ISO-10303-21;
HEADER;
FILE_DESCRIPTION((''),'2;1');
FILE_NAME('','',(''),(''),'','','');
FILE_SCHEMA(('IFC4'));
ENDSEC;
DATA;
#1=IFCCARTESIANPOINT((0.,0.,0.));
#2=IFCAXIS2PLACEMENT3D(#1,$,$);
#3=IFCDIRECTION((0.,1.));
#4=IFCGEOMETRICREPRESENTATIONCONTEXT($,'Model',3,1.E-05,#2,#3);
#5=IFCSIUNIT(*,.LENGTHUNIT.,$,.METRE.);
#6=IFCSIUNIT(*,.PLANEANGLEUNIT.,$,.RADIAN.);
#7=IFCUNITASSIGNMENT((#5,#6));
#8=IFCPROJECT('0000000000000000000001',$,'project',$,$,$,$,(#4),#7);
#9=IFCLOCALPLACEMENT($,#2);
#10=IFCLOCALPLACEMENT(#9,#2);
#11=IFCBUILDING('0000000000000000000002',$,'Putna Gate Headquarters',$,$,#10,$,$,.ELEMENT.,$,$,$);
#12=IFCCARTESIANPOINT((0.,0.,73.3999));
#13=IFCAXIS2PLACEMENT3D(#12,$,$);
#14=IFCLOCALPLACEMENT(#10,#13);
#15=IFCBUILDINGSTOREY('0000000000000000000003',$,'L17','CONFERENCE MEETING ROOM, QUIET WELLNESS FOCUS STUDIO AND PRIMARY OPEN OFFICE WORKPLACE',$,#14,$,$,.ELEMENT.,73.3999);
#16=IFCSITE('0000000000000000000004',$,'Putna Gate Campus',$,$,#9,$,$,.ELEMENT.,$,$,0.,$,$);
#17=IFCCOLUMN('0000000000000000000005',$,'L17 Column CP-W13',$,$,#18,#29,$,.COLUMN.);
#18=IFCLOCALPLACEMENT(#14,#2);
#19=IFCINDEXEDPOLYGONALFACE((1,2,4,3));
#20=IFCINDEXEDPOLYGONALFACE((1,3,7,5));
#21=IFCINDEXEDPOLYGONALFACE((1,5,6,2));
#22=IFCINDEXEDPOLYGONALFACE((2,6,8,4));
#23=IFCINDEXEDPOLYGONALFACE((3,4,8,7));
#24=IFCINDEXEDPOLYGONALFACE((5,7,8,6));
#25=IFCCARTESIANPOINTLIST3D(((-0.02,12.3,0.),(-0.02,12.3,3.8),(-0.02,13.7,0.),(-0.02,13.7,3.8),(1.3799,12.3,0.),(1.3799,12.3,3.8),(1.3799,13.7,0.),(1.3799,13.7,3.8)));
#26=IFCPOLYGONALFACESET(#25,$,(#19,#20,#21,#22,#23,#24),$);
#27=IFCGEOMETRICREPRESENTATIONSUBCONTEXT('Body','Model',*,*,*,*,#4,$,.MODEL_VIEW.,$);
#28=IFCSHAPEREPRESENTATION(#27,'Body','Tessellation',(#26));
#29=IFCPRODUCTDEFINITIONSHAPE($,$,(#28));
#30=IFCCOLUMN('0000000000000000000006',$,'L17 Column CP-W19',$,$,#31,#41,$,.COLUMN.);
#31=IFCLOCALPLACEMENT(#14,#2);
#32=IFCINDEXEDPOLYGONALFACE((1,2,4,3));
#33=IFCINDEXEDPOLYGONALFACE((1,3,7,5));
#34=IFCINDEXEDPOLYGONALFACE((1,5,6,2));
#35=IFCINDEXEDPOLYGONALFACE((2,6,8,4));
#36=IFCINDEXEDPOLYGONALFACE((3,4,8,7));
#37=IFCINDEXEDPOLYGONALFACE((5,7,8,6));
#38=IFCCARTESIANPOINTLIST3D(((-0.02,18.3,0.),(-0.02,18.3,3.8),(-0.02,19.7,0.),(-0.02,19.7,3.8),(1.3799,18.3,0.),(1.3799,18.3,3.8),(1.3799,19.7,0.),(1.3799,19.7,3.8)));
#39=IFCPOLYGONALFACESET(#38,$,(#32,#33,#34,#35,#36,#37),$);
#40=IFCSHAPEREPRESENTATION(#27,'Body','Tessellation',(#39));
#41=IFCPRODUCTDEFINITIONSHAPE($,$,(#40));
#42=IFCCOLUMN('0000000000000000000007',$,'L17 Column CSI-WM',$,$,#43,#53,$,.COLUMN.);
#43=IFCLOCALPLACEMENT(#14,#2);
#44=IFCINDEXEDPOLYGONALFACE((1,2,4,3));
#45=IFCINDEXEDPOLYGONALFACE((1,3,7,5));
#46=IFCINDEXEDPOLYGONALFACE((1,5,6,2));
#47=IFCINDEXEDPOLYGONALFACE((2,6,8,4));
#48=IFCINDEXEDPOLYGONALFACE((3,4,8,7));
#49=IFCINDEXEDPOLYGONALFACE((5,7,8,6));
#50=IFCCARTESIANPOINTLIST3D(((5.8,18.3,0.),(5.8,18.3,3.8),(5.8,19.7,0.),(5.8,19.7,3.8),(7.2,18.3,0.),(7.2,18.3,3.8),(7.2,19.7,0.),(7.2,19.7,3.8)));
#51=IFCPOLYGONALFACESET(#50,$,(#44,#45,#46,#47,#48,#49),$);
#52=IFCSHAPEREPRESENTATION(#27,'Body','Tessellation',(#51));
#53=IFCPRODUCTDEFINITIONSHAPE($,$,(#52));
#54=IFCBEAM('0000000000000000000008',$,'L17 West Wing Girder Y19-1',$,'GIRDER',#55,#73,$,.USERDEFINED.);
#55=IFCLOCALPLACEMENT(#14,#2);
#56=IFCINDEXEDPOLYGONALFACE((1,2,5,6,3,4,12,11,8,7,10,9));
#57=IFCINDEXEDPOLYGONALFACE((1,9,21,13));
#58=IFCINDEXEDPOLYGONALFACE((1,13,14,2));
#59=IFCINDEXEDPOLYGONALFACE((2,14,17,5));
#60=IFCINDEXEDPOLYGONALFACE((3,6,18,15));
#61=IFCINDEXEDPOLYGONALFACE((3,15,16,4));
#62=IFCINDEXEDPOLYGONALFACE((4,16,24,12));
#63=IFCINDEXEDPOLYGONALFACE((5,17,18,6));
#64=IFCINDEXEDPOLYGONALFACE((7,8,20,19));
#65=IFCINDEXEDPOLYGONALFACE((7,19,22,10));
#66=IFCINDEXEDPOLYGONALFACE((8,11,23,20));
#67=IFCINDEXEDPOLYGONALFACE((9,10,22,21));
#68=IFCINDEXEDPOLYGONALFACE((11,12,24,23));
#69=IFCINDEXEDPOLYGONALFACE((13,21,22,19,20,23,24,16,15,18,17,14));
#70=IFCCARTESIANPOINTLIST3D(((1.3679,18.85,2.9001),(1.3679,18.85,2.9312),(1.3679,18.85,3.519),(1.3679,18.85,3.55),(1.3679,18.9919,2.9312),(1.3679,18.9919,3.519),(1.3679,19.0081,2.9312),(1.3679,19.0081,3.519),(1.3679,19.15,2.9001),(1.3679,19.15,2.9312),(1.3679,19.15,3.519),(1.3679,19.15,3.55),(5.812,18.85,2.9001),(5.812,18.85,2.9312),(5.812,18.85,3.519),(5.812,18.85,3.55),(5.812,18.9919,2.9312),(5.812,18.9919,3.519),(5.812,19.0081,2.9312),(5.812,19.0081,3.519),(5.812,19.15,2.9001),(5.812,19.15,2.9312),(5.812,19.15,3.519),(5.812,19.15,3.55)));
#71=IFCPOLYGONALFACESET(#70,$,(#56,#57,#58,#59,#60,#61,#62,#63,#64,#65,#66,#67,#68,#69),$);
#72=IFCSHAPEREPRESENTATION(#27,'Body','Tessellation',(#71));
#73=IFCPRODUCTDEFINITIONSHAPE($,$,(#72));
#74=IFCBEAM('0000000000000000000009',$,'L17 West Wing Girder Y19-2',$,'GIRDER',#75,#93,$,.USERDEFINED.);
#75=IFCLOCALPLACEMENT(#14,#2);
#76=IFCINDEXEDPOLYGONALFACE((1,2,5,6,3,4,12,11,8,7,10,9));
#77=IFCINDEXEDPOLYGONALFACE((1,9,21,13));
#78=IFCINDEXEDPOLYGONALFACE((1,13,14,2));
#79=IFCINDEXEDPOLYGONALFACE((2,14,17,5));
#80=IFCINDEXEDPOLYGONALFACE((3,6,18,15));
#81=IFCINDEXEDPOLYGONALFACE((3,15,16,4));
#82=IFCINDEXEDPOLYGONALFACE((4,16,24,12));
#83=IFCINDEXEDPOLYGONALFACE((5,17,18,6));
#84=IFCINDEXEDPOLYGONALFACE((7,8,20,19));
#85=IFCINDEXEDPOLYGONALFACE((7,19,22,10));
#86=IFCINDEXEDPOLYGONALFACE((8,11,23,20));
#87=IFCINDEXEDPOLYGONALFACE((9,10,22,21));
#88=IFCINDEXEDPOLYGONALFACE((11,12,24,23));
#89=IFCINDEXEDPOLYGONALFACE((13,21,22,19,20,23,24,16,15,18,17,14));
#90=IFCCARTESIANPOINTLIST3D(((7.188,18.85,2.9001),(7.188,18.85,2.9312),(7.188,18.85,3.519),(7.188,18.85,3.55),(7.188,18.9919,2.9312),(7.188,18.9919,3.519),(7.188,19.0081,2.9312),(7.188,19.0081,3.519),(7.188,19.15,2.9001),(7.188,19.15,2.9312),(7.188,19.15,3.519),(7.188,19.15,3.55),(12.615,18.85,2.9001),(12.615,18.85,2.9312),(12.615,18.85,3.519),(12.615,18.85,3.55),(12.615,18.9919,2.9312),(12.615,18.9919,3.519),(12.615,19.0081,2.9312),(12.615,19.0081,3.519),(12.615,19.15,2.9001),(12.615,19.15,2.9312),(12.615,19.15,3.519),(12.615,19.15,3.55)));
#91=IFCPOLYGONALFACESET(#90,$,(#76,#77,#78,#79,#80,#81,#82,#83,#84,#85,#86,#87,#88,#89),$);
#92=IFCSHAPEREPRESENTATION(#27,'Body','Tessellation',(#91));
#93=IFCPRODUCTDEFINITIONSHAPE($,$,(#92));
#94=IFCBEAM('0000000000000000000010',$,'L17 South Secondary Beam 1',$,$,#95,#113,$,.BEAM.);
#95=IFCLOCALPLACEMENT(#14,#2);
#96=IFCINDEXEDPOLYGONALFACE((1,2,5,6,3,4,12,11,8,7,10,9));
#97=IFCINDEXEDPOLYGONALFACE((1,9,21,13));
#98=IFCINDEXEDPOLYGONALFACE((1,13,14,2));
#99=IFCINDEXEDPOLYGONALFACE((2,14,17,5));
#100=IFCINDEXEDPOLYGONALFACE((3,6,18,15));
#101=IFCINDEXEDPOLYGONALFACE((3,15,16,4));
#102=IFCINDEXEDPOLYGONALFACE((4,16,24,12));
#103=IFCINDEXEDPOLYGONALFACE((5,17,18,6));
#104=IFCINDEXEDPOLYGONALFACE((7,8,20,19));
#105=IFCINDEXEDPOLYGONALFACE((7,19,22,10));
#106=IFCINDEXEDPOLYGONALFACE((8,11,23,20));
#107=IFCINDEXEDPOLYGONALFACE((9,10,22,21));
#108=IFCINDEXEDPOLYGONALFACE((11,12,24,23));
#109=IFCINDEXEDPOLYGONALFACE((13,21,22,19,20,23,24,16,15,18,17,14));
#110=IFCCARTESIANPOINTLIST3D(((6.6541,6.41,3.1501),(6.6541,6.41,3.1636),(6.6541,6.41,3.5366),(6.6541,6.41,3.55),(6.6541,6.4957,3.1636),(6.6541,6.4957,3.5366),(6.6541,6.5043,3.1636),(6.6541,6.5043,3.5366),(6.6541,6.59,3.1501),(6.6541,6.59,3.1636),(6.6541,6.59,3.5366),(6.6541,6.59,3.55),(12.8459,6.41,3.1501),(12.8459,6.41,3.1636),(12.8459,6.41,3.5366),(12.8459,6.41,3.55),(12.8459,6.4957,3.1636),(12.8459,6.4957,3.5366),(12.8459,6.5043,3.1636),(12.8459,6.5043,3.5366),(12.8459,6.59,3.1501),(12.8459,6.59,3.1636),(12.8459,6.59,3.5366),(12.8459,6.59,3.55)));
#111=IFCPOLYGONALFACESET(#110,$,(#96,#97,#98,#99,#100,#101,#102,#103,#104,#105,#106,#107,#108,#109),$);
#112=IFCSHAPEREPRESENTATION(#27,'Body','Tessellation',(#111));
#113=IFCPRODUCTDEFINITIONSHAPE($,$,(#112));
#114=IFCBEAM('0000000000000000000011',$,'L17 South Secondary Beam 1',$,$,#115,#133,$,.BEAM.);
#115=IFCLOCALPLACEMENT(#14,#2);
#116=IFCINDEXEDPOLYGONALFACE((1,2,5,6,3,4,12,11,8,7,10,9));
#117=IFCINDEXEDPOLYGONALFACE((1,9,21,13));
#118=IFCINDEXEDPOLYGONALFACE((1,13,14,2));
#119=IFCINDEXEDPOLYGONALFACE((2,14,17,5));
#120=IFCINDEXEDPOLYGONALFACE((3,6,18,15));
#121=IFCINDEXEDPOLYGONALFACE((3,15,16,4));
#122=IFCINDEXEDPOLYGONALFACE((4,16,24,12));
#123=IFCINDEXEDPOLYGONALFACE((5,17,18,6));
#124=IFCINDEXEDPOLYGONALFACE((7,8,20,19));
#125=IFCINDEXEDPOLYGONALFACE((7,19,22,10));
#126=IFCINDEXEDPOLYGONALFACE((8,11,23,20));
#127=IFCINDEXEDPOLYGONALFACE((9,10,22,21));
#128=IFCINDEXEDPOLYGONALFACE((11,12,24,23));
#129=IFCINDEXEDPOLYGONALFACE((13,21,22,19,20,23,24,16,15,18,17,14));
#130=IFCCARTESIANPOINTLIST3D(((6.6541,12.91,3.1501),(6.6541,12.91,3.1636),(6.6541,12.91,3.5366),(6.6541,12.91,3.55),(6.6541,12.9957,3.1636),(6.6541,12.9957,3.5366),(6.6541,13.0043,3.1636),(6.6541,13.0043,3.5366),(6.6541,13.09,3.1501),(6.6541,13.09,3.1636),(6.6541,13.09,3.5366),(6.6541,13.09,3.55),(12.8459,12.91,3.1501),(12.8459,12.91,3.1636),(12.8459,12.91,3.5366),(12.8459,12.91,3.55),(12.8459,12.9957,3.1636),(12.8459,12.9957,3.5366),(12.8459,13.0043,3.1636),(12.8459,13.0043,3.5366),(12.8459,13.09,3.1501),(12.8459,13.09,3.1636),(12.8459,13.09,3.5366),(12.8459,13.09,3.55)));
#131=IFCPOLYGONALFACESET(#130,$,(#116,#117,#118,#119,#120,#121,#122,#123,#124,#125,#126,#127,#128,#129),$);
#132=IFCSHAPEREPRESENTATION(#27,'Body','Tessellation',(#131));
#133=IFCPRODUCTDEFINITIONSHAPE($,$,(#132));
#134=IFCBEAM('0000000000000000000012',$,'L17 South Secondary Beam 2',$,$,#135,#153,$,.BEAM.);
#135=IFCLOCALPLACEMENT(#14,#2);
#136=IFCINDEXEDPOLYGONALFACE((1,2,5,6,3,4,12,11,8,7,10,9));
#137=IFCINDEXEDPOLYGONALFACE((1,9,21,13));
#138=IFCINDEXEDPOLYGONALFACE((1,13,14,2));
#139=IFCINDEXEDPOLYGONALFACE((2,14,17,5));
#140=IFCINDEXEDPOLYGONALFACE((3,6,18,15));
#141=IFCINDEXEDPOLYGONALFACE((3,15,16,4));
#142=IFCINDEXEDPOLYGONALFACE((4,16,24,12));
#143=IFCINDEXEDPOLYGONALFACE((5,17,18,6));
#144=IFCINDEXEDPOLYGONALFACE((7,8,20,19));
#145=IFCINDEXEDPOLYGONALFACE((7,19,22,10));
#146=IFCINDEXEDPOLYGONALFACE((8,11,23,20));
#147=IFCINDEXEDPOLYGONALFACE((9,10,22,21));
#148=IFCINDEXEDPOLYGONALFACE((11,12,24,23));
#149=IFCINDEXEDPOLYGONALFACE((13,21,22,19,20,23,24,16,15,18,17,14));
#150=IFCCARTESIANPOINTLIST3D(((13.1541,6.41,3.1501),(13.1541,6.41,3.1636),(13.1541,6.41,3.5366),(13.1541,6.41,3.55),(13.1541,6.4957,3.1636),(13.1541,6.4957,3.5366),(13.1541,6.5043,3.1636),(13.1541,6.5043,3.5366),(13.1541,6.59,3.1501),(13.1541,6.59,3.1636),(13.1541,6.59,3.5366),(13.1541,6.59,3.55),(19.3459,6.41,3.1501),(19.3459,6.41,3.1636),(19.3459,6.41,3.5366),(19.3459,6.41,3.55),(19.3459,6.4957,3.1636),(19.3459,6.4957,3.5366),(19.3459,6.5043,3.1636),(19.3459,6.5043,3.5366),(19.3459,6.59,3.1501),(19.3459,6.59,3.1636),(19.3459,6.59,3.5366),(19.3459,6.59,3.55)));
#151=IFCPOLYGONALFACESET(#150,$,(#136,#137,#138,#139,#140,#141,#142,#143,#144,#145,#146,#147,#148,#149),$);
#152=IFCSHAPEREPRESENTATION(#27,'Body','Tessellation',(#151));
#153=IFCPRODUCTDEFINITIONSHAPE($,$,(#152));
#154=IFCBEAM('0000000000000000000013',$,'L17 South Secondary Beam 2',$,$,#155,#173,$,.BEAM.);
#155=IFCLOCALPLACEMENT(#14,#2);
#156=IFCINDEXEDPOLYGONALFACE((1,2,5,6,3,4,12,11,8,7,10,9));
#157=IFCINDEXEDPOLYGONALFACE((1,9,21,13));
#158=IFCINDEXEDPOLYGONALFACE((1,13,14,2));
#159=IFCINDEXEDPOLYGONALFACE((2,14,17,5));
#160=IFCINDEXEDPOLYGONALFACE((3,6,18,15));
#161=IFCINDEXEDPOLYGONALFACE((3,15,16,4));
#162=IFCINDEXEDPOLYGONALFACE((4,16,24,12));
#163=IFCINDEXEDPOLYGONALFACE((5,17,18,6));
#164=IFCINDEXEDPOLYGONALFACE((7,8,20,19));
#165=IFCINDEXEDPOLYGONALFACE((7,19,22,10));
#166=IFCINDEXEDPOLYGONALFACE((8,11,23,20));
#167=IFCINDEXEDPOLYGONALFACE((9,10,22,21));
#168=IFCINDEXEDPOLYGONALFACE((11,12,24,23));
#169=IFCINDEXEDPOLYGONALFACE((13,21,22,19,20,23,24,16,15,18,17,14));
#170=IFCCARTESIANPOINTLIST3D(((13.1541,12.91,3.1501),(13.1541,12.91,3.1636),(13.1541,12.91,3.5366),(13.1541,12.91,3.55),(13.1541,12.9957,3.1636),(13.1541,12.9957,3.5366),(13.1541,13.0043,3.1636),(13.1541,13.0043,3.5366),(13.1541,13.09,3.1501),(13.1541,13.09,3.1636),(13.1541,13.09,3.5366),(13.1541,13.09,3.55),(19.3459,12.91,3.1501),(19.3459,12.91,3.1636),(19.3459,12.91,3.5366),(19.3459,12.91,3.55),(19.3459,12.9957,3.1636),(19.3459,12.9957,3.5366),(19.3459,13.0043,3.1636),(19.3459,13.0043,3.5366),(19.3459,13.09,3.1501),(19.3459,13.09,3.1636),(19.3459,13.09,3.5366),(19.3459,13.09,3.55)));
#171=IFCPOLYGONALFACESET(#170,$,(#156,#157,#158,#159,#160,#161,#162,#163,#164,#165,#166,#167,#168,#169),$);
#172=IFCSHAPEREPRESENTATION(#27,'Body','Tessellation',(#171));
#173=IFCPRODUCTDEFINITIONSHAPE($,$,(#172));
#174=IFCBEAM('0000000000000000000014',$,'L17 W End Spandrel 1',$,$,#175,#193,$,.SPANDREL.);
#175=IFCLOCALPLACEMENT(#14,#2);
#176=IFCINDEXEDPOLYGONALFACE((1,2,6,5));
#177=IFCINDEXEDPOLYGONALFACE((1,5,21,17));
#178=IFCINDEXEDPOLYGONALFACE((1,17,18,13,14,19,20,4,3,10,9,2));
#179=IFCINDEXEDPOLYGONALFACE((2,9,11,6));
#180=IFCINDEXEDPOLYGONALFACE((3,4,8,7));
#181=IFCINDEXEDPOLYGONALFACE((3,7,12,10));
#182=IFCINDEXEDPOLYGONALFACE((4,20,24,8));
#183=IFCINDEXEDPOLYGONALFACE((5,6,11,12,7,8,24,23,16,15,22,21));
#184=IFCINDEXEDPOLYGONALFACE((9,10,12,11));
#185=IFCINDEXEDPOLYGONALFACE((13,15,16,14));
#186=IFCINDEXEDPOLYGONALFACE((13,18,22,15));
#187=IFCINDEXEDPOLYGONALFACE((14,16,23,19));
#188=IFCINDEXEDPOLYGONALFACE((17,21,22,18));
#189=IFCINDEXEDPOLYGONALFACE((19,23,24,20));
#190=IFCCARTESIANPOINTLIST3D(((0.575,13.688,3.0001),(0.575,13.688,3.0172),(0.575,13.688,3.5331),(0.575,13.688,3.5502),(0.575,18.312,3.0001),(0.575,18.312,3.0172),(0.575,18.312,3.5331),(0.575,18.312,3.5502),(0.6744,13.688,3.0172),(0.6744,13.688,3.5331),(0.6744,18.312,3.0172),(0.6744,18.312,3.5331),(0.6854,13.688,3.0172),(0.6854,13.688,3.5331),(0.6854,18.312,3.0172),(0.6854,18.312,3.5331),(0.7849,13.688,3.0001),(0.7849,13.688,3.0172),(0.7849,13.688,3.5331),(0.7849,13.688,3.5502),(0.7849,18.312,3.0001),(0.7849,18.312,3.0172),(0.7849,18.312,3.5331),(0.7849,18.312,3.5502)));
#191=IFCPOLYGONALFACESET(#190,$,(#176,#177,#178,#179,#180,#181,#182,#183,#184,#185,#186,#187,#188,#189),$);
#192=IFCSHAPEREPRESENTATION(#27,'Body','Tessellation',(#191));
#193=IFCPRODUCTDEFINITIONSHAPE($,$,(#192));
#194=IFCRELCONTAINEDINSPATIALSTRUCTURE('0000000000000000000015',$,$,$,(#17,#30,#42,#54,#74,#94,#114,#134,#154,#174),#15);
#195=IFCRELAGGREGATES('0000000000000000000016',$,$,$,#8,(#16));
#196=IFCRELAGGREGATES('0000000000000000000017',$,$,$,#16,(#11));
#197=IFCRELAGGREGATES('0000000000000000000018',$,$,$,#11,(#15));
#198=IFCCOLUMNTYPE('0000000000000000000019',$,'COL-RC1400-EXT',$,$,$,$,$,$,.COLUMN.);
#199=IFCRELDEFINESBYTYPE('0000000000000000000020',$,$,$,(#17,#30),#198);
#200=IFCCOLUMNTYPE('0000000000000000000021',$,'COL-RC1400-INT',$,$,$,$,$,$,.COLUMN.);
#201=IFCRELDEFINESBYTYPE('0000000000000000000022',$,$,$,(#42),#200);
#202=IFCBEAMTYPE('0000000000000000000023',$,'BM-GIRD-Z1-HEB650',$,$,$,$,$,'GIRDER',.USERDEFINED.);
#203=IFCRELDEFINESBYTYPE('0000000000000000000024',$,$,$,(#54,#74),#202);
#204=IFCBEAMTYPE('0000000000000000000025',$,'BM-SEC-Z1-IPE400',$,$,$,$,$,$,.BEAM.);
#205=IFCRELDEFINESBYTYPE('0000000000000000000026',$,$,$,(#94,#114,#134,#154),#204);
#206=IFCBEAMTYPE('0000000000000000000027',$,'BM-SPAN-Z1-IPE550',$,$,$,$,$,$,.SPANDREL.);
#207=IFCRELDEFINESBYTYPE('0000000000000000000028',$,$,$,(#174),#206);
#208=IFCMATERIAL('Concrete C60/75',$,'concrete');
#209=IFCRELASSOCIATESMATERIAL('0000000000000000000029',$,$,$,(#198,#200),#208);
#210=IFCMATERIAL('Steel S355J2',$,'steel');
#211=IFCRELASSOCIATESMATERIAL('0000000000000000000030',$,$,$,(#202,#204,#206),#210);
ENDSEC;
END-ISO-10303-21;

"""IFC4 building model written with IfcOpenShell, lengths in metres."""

from ifc_helpers import new_model, si_unit, direction, frame, origin, origin_2d, place, context, subcontext, project, spatial, rectangle, i_section, extrude, material, material_profile, profile_set, type_object, element, save


model = new_model("IFC4")

# Units and contexts
model_context = context("Model", 3, precision=1e-05, world=origin(), true_north=direction((0.0, 1.0)))
body_context = subcontext(model_context, "Body", "Model", "MODEL_VIEW")
ifc_project = project(units=[si_unit("LENGTHUNIT", "METRE"), si_unit("PLANEANGLEUNIT", "RADIAN")], contexts=[model_context])

# Site, building, storey
site_placement = place(None, origin())
site = spatial("IfcSite", under=ifc_project, at=site_placement, Name="Putna Gate Campus", CompositionType="ELEMENT", RefElevation=0.0)
building_placement = place(site_placement, origin())
building = spatial("IfcBuilding", under=site, at=building_placement, Name="Putna Gate Headquarters", CompositionType="ELEMENT")
storey_placement = place(building_placement, frame((0.0, 0.0, 73.3999)))
storey = spatial("IfcBuildingStorey", under=building, at=storey_placement, Name="L17", Description="CONFERENCE MEETING ROOM, QUIET WELLNESS FOCUS STUDIO AND PRIMARY OPEN OFFICE WORKPLACE", CompositionType="ELEMENT", Elevation=73.3999)

# Columns
ifc_material_1 = material(Name="Concrete C60/75", Category="concrete")
ifc_material_profile_1 = material_profile(ifc_material_1, rectangle(XDim=1.3999, YDim=1.3999, at=origin_2d()), Name="Concrete C60/75")
ifc_profile_set_1 = profile_set([ifc_material_profile_1], Name="Concrete C60/75")
column_type_1 = type_object("IfcColumnType", Name="COL-RC1400-EXT", PredefinedType="COLUMN", material=ifc_profile_set_1)
for number, where, z_axis, x_axis, name in (
    (1, (0.6799, 13.0, 0.0), (0.0, 0.0, 1.0), (1.0, 0.0, 0.0), "L17 Column CP-W13"),
    (2, (0.6799, 19.0, 0.0), (0.0, 0.0, 1.0), (1.0, 0.0, 0.0), "L17 Column CP-W19"),
):
    element("IfcColumn", number, at=place(storey_placement, frame(where, z_axis=z_axis, x_axis=x_axis)), inside=storey, type_object=column_type_1, Name=name, PredefinedType="COLUMN", context=body_context, shape_type="SweptSolid", body=[
        extrude(rectangle(XDim=1.3999, YDim=1.3999, at=origin_2d()), origin(), (0.0, 0.0, 1.0), 3.8),
    ])
ifc_material_profile_2 = material_profile(ifc_material_1, rectangle(XDim=1.3999, YDim=1.3999, at=origin_2d()), Name="Concrete C60/75")
ifc_profile_set_2 = profile_set([ifc_material_profile_2], Name="Concrete C60/75")
column_type_2 = type_object("IfcColumnType", Name="COL-RC1400-INT", PredefinedType="COLUMN", material=ifc_profile_set_2)
column_placement = place(storey_placement, frame((6.5, 19.0, 0.0), z_axis=(0.0, 0.0, 1.0), x_axis=(1.0, 0.0, 0.0)))
element("IfcColumn", 3, at=column_placement, inside=storey, type_object=column_type_2, Name="L17 Column CSI-WM", PredefinedType="COLUMN", context=body_context, shape_type="SweptSolid", body=[
    extrude(rectangle(XDim=1.3999, YDim=1.3999, at=origin_2d()), origin(), (0.0, 0.0, 1.0), 3.8),
])

# Beams
ifc_material_2 = material(Name="Steel S355J2", Category="steel")
ifc_material_profile_3 = material_profile(ifc_material_2, i_section(OverallWidth=0.3, OverallDepth=0.6499, WebThickness=0.0161, FlangeThickness=0.031, at=origin_2d()), Name="Steel S355J2")
ifc_profile_set_3 = profile_set([ifc_material_profile_3], Name="Steel S355J2")
beam_type_1 = type_object("IfcBeamType", Name="BM-GIRD-Z1-HEB650", ElementType="GIRDER", PredefinedType="USERDEFINED", material=ifc_profile_set_3)
beam_1_placement = place(storey_placement, frame((1.3679, 19.0, 3.2251), z_axis=(1.0, 0.0, 0.0), x_axis=(0.0, 1.0, 0.0)))
element("IfcBeam", 4, at=beam_1_placement, inside=storey, type_object=beam_type_1, Name="L17 West Wing Girder Y19-1", ObjectType="GIRDER", PredefinedType="USERDEFINED", context=body_context, shape_type="SweptSolid", body=[
    extrude(i_section(OverallWidth=0.3, OverallDepth=0.6499, WebThickness=0.0161, FlangeThickness=0.031, at=origin_2d()), origin(), (0.0, 0.0, 1.0), 4.4441),
])
beam_2_placement = place(storey_placement, frame((7.188, 19.0, 3.2251), z_axis=(1.0, 0.0, 0.0), x_axis=(0.0, 1.0, 0.0)))
element("IfcBeam", 5, at=beam_2_placement, inside=storey, type_object=beam_type_1, Name="L17 West Wing Girder Y19-2", ObjectType="GIRDER", PredefinedType="USERDEFINED", context=body_context, shape_type="SweptSolid", body=[
    extrude(i_section(OverallWidth=0.3, OverallDepth=0.6499, WebThickness=0.0161, FlangeThickness=0.031, at=origin_2d()), origin(), (0.0, 0.0, 1.0), 5.427),
])
ifc_material_profile_4 = material_profile(ifc_material_2, i_section(OverallWidth=0.1799, OverallDepth=0.3999, WebThickness=0.0085, FlangeThickness=0.0134, at=origin_2d()), Name="Steel S355J2")
ifc_profile_set_4 = profile_set([ifc_material_profile_4], Name="Steel S355J2")
beam_type_2 = type_object("IfcBeamType", Name="BM-SEC-Z1-IPE400", PredefinedType="BEAM", material=ifc_profile_set_4)
for number, where, z_axis, x_axis, name in (
    (6, (6.6541, 6.5, 3.3501), (1.0, 0.0, 0.0), (0.0, 1.0, 0.0), "L17 South Secondary Beam 1"),
    (7, (6.6541, 13.0, 3.3501), (1.0, 0.0, 0.0), (0.0, 1.0, 0.0), "L17 South Secondary Beam 1"),
    (8, (13.1541, 6.5, 3.3501), (1.0, 0.0, 0.0), (0.0, 1.0, 0.0), "L17 South Secondary Beam 2"),
    (9, (13.1541, 13.0, 3.3501), (1.0, 0.0, 0.0), (0.0, 1.0, 0.0), "L17 South Secondary Beam 2"),
):
    element("IfcBeam", number, at=place(storey_placement, frame(where, z_axis=z_axis, x_axis=x_axis)), inside=storey, type_object=beam_type_2, Name=name, PredefinedType="BEAM", context=body_context, shape_type="SweptSolid", body=[
        extrude(i_section(OverallWidth=0.1799, OverallDepth=0.3999, WebThickness=0.0085, FlangeThickness=0.0134, at=origin_2d()), origin(), (0.0, 0.0, 1.0), 6.1919),
    ])
ifc_material_profile_5 = material_profile(ifc_material_2, i_section(OverallWidth=0.21, OverallDepth=0.55, WebThickness=0.011, FlangeThickness=0.0171, at=origin_2d()), Name="Steel S355J2")
ifc_profile_set_5 = profile_set([ifc_material_profile_5], Name="Steel S355J2")
beam_type_3 = type_object("IfcBeamType", Name="BM-SPAN-Z1-IPE550", PredefinedType="SPANDREL", material=ifc_profile_set_5)
beam_3_placement = place(storey_placement, frame((0.6799, 13.688, 3.2751), z_axis=(0.0, 1.0, 0.0), x_axis=(-1.0, 0.0, 0.0)))
element("IfcBeam", 10, at=beam_3_placement, inside=storey, type_object=beam_type_3, Name="L17 W End Spandrel 1", PredefinedType="SPANDREL", context=body_context, shape_type="SweptSolid", body=[
    extrude(i_section(OverallWidth=0.21, OverallDepth=0.55, WebThickness=0.011, FlangeThickness=0.0171, at=origin_2d()), origin(), (0.0, 0.0, 1.0), 4.624),
])

save(model, "model.ifc")
